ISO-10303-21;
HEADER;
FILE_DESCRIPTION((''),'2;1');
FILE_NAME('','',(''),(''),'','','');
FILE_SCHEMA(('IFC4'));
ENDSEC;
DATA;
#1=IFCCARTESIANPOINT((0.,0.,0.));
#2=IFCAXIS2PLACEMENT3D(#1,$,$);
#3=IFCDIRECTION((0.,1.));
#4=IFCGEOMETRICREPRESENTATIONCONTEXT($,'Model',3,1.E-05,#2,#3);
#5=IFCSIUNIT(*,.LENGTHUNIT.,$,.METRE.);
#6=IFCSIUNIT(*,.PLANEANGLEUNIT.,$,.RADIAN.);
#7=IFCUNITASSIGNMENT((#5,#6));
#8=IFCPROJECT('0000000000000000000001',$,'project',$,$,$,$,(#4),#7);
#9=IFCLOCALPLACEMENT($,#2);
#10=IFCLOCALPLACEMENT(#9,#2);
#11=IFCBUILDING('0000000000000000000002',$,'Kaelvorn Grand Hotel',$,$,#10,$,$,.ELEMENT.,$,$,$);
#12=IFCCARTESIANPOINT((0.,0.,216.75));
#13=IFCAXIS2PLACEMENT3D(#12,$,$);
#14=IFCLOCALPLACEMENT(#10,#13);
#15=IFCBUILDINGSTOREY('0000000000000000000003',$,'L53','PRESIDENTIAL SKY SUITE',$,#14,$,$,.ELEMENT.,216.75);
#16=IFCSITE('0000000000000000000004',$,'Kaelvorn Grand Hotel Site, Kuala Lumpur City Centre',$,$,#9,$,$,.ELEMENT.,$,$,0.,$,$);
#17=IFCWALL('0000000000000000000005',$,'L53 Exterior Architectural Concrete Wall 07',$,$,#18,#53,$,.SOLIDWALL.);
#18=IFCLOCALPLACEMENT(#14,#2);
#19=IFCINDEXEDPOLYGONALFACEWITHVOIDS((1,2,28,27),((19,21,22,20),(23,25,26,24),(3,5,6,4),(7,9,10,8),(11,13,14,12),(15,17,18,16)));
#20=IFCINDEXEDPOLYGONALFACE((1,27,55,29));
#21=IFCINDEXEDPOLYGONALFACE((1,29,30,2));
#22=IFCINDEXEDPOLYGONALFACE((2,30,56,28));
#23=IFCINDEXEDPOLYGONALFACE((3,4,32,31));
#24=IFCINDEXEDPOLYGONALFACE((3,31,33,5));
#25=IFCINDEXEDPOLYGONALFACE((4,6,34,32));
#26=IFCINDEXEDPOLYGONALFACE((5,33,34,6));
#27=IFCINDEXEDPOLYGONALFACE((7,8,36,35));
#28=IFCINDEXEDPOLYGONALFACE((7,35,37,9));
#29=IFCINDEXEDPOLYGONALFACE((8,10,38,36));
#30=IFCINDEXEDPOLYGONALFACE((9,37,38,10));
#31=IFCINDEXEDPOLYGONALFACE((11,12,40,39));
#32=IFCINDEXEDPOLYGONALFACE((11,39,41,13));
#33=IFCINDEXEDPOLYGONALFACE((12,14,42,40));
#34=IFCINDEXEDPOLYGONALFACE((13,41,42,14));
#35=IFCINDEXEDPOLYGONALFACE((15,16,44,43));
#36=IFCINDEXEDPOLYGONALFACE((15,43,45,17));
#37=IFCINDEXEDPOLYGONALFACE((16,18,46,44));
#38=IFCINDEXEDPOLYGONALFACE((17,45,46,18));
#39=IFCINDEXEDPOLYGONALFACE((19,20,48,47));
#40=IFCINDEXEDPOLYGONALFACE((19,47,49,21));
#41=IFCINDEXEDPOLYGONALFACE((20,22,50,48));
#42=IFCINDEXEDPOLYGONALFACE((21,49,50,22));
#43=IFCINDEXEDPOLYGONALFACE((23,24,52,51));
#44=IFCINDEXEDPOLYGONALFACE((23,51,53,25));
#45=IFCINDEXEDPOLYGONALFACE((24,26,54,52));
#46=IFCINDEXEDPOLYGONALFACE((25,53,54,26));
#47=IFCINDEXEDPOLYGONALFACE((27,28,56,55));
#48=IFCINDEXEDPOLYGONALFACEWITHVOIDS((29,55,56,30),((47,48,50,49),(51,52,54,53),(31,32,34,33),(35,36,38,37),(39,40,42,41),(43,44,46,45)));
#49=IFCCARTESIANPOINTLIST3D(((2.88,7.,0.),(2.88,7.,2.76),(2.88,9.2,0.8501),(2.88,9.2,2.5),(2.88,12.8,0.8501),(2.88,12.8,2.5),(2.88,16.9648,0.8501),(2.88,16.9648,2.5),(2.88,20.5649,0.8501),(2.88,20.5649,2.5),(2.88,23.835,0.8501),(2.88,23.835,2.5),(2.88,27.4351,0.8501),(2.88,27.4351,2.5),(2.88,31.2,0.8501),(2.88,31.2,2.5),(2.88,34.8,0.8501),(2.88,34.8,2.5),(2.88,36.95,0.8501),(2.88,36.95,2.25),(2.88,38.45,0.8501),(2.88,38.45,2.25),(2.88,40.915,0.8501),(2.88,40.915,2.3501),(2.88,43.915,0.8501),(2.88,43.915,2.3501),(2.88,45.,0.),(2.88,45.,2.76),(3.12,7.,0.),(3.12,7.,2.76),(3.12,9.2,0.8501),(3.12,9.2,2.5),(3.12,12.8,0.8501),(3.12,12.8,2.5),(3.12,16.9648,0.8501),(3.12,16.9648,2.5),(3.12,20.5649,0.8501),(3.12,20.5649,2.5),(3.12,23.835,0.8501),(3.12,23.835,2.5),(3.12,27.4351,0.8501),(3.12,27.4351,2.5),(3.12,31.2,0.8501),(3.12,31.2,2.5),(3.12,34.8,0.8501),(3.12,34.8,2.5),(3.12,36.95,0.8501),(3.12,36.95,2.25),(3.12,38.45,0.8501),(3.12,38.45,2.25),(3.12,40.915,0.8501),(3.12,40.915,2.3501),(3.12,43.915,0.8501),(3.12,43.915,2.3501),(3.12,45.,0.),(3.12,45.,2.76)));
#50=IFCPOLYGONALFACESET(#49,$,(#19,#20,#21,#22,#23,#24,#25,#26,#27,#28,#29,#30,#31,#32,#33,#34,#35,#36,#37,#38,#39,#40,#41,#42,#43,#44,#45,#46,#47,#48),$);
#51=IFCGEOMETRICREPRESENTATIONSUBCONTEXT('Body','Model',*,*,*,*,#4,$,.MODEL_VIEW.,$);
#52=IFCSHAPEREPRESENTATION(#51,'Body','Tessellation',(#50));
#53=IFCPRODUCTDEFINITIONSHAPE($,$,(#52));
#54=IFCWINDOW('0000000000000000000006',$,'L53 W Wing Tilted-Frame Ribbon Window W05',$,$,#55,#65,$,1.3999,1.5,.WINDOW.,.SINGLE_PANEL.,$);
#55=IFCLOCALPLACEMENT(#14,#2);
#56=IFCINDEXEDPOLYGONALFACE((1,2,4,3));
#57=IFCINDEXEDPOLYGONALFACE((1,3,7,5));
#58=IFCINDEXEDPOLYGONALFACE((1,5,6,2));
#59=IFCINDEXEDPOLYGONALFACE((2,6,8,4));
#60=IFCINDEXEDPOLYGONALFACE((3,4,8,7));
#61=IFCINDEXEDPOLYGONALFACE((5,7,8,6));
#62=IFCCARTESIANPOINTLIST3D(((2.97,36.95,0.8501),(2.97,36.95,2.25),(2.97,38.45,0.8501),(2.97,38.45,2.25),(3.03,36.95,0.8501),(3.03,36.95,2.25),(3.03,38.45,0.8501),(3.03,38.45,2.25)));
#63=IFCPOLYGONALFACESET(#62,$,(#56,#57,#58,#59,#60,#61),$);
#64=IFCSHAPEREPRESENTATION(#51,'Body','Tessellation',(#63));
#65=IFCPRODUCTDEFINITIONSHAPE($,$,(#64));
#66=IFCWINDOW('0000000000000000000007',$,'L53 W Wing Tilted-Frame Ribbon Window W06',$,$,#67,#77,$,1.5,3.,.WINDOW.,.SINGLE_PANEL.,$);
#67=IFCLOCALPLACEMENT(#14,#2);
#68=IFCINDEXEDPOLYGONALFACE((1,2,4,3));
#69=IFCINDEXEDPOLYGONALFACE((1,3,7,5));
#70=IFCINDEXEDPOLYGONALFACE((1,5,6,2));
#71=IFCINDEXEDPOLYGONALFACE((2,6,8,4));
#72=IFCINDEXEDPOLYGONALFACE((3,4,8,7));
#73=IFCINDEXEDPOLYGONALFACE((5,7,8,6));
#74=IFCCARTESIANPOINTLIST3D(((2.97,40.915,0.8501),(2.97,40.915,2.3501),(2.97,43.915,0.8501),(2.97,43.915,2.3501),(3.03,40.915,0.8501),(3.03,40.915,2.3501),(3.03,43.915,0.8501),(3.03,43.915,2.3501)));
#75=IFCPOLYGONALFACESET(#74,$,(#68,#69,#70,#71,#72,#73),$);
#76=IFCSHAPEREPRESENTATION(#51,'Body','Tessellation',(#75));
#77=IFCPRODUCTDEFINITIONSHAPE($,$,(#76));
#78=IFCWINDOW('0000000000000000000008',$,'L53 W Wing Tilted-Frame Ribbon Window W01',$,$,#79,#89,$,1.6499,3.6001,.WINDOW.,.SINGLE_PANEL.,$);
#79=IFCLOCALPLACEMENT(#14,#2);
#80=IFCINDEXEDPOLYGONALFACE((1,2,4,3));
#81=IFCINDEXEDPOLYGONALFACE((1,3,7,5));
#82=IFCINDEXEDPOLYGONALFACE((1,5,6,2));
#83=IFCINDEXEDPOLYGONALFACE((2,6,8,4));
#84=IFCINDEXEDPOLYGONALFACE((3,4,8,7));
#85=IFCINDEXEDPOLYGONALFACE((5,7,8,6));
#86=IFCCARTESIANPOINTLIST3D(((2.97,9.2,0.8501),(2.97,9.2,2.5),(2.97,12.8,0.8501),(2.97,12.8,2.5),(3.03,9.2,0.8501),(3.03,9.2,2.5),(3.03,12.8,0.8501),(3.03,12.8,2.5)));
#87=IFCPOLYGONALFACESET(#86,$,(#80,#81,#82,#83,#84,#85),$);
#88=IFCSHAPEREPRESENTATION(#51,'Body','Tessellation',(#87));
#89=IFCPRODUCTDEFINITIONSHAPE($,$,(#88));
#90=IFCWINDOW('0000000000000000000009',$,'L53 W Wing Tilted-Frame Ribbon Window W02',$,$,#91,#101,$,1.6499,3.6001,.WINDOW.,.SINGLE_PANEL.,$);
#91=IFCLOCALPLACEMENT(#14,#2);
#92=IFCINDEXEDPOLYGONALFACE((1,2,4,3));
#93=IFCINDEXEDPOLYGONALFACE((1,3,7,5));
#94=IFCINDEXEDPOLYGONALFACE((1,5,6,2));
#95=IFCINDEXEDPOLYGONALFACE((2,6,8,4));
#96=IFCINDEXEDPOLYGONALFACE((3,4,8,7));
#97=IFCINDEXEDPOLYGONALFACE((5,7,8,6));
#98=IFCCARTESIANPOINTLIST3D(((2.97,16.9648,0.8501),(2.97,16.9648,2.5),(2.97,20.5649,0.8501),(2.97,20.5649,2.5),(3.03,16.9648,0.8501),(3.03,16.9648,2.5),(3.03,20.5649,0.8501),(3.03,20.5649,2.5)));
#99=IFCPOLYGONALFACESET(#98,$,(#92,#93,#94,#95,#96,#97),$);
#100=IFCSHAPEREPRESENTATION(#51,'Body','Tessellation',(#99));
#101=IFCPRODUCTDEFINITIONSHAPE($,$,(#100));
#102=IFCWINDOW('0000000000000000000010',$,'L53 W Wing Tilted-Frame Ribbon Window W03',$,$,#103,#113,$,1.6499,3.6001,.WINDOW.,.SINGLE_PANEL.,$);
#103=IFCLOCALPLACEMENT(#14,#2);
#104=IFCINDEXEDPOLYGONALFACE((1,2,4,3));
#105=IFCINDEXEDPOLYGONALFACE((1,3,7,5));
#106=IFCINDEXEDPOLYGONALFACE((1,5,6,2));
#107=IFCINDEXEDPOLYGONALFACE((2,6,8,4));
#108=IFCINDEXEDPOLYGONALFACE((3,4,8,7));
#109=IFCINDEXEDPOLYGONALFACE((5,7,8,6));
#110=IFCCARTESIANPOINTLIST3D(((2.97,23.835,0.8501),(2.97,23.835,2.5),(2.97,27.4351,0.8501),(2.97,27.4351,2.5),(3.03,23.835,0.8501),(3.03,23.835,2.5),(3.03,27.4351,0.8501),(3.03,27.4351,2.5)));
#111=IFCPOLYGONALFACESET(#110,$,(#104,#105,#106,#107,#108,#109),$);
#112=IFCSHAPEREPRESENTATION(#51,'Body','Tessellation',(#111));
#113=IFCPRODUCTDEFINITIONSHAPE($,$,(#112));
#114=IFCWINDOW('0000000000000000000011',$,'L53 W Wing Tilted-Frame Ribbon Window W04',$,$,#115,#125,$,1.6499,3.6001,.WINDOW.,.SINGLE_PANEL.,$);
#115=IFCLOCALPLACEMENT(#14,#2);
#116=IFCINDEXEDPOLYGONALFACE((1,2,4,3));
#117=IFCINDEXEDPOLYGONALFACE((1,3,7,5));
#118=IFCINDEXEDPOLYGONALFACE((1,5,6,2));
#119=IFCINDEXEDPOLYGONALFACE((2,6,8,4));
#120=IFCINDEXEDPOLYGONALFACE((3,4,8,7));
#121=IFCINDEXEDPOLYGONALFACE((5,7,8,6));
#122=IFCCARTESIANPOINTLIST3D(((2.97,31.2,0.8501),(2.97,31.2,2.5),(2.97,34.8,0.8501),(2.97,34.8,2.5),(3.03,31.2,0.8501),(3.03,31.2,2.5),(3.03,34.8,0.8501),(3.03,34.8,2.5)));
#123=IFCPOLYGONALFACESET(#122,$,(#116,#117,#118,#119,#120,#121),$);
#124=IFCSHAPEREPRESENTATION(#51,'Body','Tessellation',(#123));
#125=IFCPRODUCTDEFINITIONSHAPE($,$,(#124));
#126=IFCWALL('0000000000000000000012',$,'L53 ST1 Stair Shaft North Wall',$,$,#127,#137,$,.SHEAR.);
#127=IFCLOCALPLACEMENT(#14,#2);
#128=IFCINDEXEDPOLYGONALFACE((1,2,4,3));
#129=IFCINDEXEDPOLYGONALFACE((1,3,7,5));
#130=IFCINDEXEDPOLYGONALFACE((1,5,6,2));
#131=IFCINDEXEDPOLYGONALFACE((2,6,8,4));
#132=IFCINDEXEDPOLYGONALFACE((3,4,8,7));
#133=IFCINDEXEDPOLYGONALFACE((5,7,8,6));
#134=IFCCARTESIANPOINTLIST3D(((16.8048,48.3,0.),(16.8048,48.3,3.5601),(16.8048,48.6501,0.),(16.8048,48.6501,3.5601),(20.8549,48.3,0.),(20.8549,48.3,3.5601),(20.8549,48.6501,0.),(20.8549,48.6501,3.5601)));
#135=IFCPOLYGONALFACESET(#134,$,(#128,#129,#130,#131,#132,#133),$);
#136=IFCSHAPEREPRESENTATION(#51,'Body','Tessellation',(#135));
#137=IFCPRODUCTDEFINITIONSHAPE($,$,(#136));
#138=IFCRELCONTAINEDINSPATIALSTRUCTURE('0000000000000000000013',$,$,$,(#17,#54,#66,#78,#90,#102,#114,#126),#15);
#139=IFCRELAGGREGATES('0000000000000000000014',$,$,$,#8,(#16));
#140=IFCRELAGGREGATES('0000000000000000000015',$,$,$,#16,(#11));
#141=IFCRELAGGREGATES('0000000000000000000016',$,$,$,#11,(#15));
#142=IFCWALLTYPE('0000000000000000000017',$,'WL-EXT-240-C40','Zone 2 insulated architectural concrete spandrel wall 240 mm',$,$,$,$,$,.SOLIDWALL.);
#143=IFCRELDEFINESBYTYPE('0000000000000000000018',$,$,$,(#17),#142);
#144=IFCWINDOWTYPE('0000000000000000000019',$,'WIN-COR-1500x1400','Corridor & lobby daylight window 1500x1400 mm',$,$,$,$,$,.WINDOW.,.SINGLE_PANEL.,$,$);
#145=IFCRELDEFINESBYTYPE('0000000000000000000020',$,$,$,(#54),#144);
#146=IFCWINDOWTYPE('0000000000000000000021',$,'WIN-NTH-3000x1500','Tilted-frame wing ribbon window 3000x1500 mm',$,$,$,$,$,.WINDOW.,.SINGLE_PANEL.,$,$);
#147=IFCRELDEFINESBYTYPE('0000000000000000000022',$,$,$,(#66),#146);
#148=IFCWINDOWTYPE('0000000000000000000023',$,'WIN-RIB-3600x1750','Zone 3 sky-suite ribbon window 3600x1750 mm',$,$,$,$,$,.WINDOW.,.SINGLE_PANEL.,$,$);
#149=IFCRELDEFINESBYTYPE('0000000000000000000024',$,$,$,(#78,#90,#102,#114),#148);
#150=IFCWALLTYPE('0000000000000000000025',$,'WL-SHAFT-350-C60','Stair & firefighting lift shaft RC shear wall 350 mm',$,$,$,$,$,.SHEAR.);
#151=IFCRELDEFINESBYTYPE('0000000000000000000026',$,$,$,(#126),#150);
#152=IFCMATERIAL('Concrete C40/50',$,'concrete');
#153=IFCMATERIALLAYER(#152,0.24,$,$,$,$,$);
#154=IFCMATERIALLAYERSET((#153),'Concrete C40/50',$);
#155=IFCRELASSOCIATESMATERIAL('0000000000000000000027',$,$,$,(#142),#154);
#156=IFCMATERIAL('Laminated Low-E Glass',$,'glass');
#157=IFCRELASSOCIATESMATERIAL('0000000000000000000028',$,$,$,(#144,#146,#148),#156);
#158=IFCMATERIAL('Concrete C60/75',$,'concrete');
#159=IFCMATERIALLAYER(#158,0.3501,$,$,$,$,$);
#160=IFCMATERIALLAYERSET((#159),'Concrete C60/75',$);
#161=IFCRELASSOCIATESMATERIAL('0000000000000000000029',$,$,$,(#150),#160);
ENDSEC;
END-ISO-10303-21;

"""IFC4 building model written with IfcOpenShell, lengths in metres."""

from ifc_helpers import new_model, si_unit, direction, frame, frame_2d, origin, place, context, subcontext, project, spatial, rectangle, extrude, material, layer, layer_set, type_object, element, fill, save


model = new_model("IFC4")

# Units and contexts
model_context = context("Model", 3, precision=1e-05, world=origin(), true_north=direction((0.0, 1.0)))
body_context = subcontext(model_context, "Body", "Model", "MODEL_VIEW")
ifc_project = project(units=[si_unit("LENGTHUNIT", "METRE"), si_unit("PLANEANGLEUNIT", "RADIAN")], contexts=[model_context])

# Site, building, storey
site_placement = place(None, origin())
site = spatial("IfcSite", under=ifc_project, at=site_placement, Name="Kaelvorn Grand Hotel Site, Kuala Lumpur City Centre", CompositionType="ELEMENT", RefElevation=0.0)
building_placement = place(site_placement, origin())
building = spatial("IfcBuilding", under=site, at=building_placement, Name="Kaelvorn Grand Hotel", CompositionType="ELEMENT")
storey_placement = place(building_placement, frame((0.0, 0.0, 216.75)))
storey = spatial("IfcBuildingStorey", under=building, at=storey_placement, Name="L53", Description="PRESIDENTIAL SKY SUITE", CompositionType="ELEMENT", Elevation=216.75)

# Shared definitions
ifc_material_1 = material(Name="Concrete C60/75", Category="concrete")

# Shared definitions
ifc_material_2 = material(Name="Concrete C40/50", Category="concrete")
ifc_layer_1 = layer(ifc_material_2, 0.24)
ifc_layer_set_1 = layer_set([ifc_layer_1], Name="Concrete C40/50")
wall_type_1 = type_object("IfcWallType", Name="WL-EXT-240-C40", Description="Zone 2 insulated architectural concrete spandrel wall 240 mm", PredefinedType="SOLIDWALL", material=ifc_layer_set_1)
ifc_material_3 = material(Name="Laminated Low-E Glass", Category="glass")

# Wall, openings, windows
wall_1_placement = place(storey_placement, frame((3.0, 45.0, 0.0), z_axis=(0.0, 0.0, 1.0), x_axis=(0.0, -1.0, 0.0)))
wall_1 = element("IfcWall", 1, at=wall_1_placement, inside=storey, type_object=wall_type_1, Name="L53 Exterior Architectural Concrete Wall 07", PredefinedType="SOLIDWALL", context=body_context, shape_type="SweptSolid", body=[
    extrude(rectangle(XDim=38.0, YDim=0.24, at=frame_2d((19.0, 0.0))), origin(), (0.0, 0.0, 1.0), 2.76),
])
opening_1_placement = place(wall_1_placement, frame((32.2, 0.0, 0.8501)))
opening_1 = element("IfcOpeningElement", 2, at=opening_1_placement, cuts=wall_1, PredefinedType="OPENING", context=body_context, shape_type="SweptSolid", body=[
    extrude(rectangle(XDim=3.6001, YDim=1.6499, at=frame_2d((1.8, 0.825))), frame((0.0, 0.1299, 0.0), z_axis=(0.0, -1.0, 0.0), x_axis=(1.0, 0.0, 0.0)), (0.0, 0.0, 1.0), 0.26),
])
opening_2_placement = place(wall_1_placement, frame((24.4351, 0.0, 0.8501)))
opening_2 = element("IfcOpeningElement", 3, at=opening_2_placement, cuts=wall_1, PredefinedType="OPENING", context=body_context, shape_type="SweptSolid", body=[
    extrude(rectangle(XDim=3.6001, YDim=1.6499, at=frame_2d((1.8, 0.825))), frame((0.0, 0.1299, 0.0), z_axis=(0.0, -1.0, 0.0), x_axis=(1.0, 0.0, 0.0)), (0.0, 0.0, 1.0), 0.26),
])
opening_3_placement = place(wall_1_placement, frame((17.5649, 0.0, 0.8501)))
opening_3 = element("IfcOpeningElement", 4, at=opening_3_placement, cuts=wall_1, PredefinedType="OPENING", context=body_context, shape_type="SweptSolid", body=[
    extrude(rectangle(XDim=3.6001, YDim=1.6499, at=frame_2d((1.8, 0.825))), frame((0.0, 0.1299, 0.0), z_axis=(0.0, -1.0, 0.0), x_axis=(1.0, 0.0, 0.0)), (0.0, 0.0, 1.0), 0.26),
])
opening_4_placement = place(wall_1_placement, frame((10.2, 0.0, 0.8501)))
opening_4 = element("IfcOpeningElement", 5, at=opening_4_placement, cuts=wall_1, PredefinedType="OPENING", context=body_context, shape_type="SweptSolid", body=[
    extrude(rectangle(XDim=3.6001, YDim=1.6499, at=frame_2d((1.8, 0.825))), frame((0.0, 0.1299, 0.0), z_axis=(0.0, -1.0, 0.0), x_axis=(1.0, 0.0, 0.0)), (0.0, 0.0, 1.0), 0.26),
])
opening_5_placement = place(wall_1_placement, frame((6.55, 0.0, 0.8501)))
opening_5 = element("IfcOpeningElement", 6, at=opening_5_placement, cuts=wall_1, PredefinedType="OPENING", context=body_context, shape_type="SweptSolid", body=[
    extrude(rectangle(XDim=1.5, YDim=1.3999, at=frame_2d((0.75, 0.7))), frame((0.0, 0.1299, 0.0), z_axis=(0.0, -1.0, 0.0), x_axis=(1.0, 0.0, 0.0)), (0.0, 0.0, 1.0), 0.26),
])
opening_6_placement = place(wall_1_placement, frame((1.085, 0.0, 0.8501)))
opening_6 = element("IfcOpeningElement", 7, at=opening_6_placement, cuts=wall_1, PredefinedType="OPENING", context=body_context, shape_type="SweptSolid", body=[
    extrude(rectangle(XDim=3.0, YDim=1.5, at=frame_2d((1.5, 0.75))), frame((0.0, 0.1299, 0.0), z_axis=(0.0, -1.0, 0.0), x_axis=(1.0, 0.0, 0.0)), (0.0, 0.0, 1.0), 0.26),
])
window_type_1 = type_object("IfcWindowType", Name="WIN-COR-1500x1400", Description="Corridor & lobby daylight window 1500x1400 mm", PartitioningType="SINGLE_PANEL", PredefinedType="WINDOW", material=ifc_material_3)
window_1_placement = place(opening_5_placement, origin())
window_1 = element("IfcWindow", 8, at=window_1_placement, inside=storey, type_object=window_type_1, Name="L53 W Wing Tilted-Frame Ribbon Window W05", OverallHeight=1.3999, OverallWidth=1.5, PartitioningType="SINGLE_PANEL", PredefinedType="WINDOW", context=body_context, shape_type="SweptSolid", body=[
    extrude(rectangle(XDim=1.5, YDim=1.3999, at=frame_2d((0.75, 0.7))), frame((0.0, 0.03, 0.0), z_axis=(0.0, -1.0, 0.0), x_axis=(1.0, 0.0, 0.0)), (0.0, 0.0, 1.0), 0.0601),
])
fill(opening_5, window_1)
window_type_2 = type_object("IfcWindowType", Name="WIN-NTH-3000x1500", Description="Tilted-frame wing ribbon window 3000x1500 mm", PartitioningType="SINGLE_PANEL", PredefinedType="WINDOW", material=ifc_material_3)
window_2_placement = place(opening_6_placement, origin())
window_2 = element("IfcWindow", 9, at=window_2_placement, inside=storey, type_object=window_type_2, Name="L53 W Wing Tilted-Frame Ribbon Window W06", OverallHeight=1.5, OverallWidth=3.0, PartitioningType="SINGLE_PANEL", PredefinedType="WINDOW", context=body_context, shape_type="SweptSolid", body=[
    extrude(rectangle(XDim=3.0, YDim=1.5, at=frame_2d((1.5, 0.75))), frame((0.0, 0.03, 0.0), z_axis=(0.0, -1.0, 0.0), x_axis=(1.0, 0.0, 0.0)), (0.0, 0.0, 1.0), 0.0601),
])
fill(opening_6, window_2)
window_type_3 = type_object("IfcWindowType", Name="WIN-RIB-3600x1750", Description="Zone 3 sky-suite ribbon window 3600x1750 mm", PartitioningType="SINGLE_PANEL", PredefinedType="WINDOW", material=ifc_material_3)
window_3_placement = place(opening_1_placement, origin())
window_3 = element("IfcWindow", 10, at=window_3_placement, inside=storey, type_object=window_type_3, Name="L53 W Wing Tilted-Frame Ribbon Window W01", OverallHeight=1.6499, OverallWidth=3.6001, PartitioningType="SINGLE_PANEL", PredefinedType="WINDOW", context=body_context, shape_type="SweptSolid", body=[
    extrude(rectangle(XDim=3.6001, YDim=1.6499, at=frame_2d((1.8, 0.825))), frame((0.0, 0.03, 0.0), z_axis=(0.0, -1.0, 0.0), x_axis=(1.0, 0.0, 0.0)), (0.0, 0.0, 1.0), 0.0601),
])
fill(opening_1, window_3)
window_4_placement = place(opening_2_placement, origin())
window_4 = element("IfcWindow", 11, at=window_4_placement, inside=storey, type_object=window_type_3, Name="L53 W Wing Tilted-Frame Ribbon Window W02", OverallHeight=1.6499, OverallWidth=3.6001, PartitioningType="SINGLE_PANEL", PredefinedType="WINDOW", context=body_context, shape_type="SweptSolid", body=[
    extrude(rectangle(XDim=3.6001, YDim=1.6499, at=frame_2d((1.8, 0.825))), frame((0.0, 0.03, 0.0), z_axis=(0.0, -1.0, 0.0), x_axis=(1.0, 0.0, 0.0)), (0.0, 0.0, 1.0), 0.0601),
])
fill(opening_2, window_4)
window_5_placement = place(opening_3_placement, origin())
window_5 = element("IfcWindow", 12, at=window_5_placement, inside=storey, type_object=window_type_3, Name="L53 W Wing Tilted-Frame Ribbon Window W03", OverallHeight=1.6499, OverallWidth=3.6001, PartitioningType="SINGLE_PANEL", PredefinedType="WINDOW", context=body_context, shape_type="SweptSolid", body=[
    extrude(rectangle(XDim=3.6001, YDim=1.6499, at=frame_2d((1.8, 0.825))), frame((0.0, 0.03, 0.0), z_axis=(0.0, -1.0, 0.0), x_axis=(1.0, 0.0, 0.0)), (0.0, 0.0, 1.0), 0.0601),
])
fill(opening_3, window_5)
window_6_placement = place(opening_4_placement, origin())
window_6 = element("IfcWindow", 13, at=window_6_placement, inside=storey, type_object=window_type_3, Name="L53 W Wing Tilted-Frame Ribbon Window W04", OverallHeight=1.6499, OverallWidth=3.6001, PartitioningType="SINGLE_PANEL", PredefinedType="WINDOW", context=body_context, shape_type="SweptSolid", body=[
    extrude(rectangle(XDim=3.6001, YDim=1.6499, at=frame_2d((1.8, 0.825))), frame((0.0, 0.03, 0.0), z_axis=(0.0, -1.0, 0.0), x_axis=(1.0, 0.0, 0.0)), (0.0, 0.0, 1.0), 0.0601),
])
fill(opening_4, window_6)

# Wall
ifc_layer_2 = layer(ifc_material_1, 0.3501)
ifc_layer_set_2 = layer_set([ifc_layer_2], Name="Concrete C60/75")
wall_type_2 = type_object("IfcWallType", Name="WL-SHAFT-350-C60", Description="Stair & firefighting lift shaft RC shear wall 350 mm", PredefinedType="SHEAR", material=ifc_layer_set_2)
wall_2_placement = place(storey_placement, frame((16.8049, 48.4751, 0.0), z_axis=(0.0, 0.0, 1.0), x_axis=(1.0, 0.0, 0.0)))
element("IfcWall", 14, at=wall_2_placement, inside=storey, type_object=wall_type_2, Name="L53 ST1 Stair Shaft North Wall", PredefinedType="SHEAR", context=body_context, shape_type="SweptSolid", body=[
    extrude(rectangle(XDim=4.05, YDim=0.3501, at=frame_2d((2.0249, 0.0))), origin(), (0.0, 0.0, 1.0), 3.5601),
])

save(model, "model.ifc")
